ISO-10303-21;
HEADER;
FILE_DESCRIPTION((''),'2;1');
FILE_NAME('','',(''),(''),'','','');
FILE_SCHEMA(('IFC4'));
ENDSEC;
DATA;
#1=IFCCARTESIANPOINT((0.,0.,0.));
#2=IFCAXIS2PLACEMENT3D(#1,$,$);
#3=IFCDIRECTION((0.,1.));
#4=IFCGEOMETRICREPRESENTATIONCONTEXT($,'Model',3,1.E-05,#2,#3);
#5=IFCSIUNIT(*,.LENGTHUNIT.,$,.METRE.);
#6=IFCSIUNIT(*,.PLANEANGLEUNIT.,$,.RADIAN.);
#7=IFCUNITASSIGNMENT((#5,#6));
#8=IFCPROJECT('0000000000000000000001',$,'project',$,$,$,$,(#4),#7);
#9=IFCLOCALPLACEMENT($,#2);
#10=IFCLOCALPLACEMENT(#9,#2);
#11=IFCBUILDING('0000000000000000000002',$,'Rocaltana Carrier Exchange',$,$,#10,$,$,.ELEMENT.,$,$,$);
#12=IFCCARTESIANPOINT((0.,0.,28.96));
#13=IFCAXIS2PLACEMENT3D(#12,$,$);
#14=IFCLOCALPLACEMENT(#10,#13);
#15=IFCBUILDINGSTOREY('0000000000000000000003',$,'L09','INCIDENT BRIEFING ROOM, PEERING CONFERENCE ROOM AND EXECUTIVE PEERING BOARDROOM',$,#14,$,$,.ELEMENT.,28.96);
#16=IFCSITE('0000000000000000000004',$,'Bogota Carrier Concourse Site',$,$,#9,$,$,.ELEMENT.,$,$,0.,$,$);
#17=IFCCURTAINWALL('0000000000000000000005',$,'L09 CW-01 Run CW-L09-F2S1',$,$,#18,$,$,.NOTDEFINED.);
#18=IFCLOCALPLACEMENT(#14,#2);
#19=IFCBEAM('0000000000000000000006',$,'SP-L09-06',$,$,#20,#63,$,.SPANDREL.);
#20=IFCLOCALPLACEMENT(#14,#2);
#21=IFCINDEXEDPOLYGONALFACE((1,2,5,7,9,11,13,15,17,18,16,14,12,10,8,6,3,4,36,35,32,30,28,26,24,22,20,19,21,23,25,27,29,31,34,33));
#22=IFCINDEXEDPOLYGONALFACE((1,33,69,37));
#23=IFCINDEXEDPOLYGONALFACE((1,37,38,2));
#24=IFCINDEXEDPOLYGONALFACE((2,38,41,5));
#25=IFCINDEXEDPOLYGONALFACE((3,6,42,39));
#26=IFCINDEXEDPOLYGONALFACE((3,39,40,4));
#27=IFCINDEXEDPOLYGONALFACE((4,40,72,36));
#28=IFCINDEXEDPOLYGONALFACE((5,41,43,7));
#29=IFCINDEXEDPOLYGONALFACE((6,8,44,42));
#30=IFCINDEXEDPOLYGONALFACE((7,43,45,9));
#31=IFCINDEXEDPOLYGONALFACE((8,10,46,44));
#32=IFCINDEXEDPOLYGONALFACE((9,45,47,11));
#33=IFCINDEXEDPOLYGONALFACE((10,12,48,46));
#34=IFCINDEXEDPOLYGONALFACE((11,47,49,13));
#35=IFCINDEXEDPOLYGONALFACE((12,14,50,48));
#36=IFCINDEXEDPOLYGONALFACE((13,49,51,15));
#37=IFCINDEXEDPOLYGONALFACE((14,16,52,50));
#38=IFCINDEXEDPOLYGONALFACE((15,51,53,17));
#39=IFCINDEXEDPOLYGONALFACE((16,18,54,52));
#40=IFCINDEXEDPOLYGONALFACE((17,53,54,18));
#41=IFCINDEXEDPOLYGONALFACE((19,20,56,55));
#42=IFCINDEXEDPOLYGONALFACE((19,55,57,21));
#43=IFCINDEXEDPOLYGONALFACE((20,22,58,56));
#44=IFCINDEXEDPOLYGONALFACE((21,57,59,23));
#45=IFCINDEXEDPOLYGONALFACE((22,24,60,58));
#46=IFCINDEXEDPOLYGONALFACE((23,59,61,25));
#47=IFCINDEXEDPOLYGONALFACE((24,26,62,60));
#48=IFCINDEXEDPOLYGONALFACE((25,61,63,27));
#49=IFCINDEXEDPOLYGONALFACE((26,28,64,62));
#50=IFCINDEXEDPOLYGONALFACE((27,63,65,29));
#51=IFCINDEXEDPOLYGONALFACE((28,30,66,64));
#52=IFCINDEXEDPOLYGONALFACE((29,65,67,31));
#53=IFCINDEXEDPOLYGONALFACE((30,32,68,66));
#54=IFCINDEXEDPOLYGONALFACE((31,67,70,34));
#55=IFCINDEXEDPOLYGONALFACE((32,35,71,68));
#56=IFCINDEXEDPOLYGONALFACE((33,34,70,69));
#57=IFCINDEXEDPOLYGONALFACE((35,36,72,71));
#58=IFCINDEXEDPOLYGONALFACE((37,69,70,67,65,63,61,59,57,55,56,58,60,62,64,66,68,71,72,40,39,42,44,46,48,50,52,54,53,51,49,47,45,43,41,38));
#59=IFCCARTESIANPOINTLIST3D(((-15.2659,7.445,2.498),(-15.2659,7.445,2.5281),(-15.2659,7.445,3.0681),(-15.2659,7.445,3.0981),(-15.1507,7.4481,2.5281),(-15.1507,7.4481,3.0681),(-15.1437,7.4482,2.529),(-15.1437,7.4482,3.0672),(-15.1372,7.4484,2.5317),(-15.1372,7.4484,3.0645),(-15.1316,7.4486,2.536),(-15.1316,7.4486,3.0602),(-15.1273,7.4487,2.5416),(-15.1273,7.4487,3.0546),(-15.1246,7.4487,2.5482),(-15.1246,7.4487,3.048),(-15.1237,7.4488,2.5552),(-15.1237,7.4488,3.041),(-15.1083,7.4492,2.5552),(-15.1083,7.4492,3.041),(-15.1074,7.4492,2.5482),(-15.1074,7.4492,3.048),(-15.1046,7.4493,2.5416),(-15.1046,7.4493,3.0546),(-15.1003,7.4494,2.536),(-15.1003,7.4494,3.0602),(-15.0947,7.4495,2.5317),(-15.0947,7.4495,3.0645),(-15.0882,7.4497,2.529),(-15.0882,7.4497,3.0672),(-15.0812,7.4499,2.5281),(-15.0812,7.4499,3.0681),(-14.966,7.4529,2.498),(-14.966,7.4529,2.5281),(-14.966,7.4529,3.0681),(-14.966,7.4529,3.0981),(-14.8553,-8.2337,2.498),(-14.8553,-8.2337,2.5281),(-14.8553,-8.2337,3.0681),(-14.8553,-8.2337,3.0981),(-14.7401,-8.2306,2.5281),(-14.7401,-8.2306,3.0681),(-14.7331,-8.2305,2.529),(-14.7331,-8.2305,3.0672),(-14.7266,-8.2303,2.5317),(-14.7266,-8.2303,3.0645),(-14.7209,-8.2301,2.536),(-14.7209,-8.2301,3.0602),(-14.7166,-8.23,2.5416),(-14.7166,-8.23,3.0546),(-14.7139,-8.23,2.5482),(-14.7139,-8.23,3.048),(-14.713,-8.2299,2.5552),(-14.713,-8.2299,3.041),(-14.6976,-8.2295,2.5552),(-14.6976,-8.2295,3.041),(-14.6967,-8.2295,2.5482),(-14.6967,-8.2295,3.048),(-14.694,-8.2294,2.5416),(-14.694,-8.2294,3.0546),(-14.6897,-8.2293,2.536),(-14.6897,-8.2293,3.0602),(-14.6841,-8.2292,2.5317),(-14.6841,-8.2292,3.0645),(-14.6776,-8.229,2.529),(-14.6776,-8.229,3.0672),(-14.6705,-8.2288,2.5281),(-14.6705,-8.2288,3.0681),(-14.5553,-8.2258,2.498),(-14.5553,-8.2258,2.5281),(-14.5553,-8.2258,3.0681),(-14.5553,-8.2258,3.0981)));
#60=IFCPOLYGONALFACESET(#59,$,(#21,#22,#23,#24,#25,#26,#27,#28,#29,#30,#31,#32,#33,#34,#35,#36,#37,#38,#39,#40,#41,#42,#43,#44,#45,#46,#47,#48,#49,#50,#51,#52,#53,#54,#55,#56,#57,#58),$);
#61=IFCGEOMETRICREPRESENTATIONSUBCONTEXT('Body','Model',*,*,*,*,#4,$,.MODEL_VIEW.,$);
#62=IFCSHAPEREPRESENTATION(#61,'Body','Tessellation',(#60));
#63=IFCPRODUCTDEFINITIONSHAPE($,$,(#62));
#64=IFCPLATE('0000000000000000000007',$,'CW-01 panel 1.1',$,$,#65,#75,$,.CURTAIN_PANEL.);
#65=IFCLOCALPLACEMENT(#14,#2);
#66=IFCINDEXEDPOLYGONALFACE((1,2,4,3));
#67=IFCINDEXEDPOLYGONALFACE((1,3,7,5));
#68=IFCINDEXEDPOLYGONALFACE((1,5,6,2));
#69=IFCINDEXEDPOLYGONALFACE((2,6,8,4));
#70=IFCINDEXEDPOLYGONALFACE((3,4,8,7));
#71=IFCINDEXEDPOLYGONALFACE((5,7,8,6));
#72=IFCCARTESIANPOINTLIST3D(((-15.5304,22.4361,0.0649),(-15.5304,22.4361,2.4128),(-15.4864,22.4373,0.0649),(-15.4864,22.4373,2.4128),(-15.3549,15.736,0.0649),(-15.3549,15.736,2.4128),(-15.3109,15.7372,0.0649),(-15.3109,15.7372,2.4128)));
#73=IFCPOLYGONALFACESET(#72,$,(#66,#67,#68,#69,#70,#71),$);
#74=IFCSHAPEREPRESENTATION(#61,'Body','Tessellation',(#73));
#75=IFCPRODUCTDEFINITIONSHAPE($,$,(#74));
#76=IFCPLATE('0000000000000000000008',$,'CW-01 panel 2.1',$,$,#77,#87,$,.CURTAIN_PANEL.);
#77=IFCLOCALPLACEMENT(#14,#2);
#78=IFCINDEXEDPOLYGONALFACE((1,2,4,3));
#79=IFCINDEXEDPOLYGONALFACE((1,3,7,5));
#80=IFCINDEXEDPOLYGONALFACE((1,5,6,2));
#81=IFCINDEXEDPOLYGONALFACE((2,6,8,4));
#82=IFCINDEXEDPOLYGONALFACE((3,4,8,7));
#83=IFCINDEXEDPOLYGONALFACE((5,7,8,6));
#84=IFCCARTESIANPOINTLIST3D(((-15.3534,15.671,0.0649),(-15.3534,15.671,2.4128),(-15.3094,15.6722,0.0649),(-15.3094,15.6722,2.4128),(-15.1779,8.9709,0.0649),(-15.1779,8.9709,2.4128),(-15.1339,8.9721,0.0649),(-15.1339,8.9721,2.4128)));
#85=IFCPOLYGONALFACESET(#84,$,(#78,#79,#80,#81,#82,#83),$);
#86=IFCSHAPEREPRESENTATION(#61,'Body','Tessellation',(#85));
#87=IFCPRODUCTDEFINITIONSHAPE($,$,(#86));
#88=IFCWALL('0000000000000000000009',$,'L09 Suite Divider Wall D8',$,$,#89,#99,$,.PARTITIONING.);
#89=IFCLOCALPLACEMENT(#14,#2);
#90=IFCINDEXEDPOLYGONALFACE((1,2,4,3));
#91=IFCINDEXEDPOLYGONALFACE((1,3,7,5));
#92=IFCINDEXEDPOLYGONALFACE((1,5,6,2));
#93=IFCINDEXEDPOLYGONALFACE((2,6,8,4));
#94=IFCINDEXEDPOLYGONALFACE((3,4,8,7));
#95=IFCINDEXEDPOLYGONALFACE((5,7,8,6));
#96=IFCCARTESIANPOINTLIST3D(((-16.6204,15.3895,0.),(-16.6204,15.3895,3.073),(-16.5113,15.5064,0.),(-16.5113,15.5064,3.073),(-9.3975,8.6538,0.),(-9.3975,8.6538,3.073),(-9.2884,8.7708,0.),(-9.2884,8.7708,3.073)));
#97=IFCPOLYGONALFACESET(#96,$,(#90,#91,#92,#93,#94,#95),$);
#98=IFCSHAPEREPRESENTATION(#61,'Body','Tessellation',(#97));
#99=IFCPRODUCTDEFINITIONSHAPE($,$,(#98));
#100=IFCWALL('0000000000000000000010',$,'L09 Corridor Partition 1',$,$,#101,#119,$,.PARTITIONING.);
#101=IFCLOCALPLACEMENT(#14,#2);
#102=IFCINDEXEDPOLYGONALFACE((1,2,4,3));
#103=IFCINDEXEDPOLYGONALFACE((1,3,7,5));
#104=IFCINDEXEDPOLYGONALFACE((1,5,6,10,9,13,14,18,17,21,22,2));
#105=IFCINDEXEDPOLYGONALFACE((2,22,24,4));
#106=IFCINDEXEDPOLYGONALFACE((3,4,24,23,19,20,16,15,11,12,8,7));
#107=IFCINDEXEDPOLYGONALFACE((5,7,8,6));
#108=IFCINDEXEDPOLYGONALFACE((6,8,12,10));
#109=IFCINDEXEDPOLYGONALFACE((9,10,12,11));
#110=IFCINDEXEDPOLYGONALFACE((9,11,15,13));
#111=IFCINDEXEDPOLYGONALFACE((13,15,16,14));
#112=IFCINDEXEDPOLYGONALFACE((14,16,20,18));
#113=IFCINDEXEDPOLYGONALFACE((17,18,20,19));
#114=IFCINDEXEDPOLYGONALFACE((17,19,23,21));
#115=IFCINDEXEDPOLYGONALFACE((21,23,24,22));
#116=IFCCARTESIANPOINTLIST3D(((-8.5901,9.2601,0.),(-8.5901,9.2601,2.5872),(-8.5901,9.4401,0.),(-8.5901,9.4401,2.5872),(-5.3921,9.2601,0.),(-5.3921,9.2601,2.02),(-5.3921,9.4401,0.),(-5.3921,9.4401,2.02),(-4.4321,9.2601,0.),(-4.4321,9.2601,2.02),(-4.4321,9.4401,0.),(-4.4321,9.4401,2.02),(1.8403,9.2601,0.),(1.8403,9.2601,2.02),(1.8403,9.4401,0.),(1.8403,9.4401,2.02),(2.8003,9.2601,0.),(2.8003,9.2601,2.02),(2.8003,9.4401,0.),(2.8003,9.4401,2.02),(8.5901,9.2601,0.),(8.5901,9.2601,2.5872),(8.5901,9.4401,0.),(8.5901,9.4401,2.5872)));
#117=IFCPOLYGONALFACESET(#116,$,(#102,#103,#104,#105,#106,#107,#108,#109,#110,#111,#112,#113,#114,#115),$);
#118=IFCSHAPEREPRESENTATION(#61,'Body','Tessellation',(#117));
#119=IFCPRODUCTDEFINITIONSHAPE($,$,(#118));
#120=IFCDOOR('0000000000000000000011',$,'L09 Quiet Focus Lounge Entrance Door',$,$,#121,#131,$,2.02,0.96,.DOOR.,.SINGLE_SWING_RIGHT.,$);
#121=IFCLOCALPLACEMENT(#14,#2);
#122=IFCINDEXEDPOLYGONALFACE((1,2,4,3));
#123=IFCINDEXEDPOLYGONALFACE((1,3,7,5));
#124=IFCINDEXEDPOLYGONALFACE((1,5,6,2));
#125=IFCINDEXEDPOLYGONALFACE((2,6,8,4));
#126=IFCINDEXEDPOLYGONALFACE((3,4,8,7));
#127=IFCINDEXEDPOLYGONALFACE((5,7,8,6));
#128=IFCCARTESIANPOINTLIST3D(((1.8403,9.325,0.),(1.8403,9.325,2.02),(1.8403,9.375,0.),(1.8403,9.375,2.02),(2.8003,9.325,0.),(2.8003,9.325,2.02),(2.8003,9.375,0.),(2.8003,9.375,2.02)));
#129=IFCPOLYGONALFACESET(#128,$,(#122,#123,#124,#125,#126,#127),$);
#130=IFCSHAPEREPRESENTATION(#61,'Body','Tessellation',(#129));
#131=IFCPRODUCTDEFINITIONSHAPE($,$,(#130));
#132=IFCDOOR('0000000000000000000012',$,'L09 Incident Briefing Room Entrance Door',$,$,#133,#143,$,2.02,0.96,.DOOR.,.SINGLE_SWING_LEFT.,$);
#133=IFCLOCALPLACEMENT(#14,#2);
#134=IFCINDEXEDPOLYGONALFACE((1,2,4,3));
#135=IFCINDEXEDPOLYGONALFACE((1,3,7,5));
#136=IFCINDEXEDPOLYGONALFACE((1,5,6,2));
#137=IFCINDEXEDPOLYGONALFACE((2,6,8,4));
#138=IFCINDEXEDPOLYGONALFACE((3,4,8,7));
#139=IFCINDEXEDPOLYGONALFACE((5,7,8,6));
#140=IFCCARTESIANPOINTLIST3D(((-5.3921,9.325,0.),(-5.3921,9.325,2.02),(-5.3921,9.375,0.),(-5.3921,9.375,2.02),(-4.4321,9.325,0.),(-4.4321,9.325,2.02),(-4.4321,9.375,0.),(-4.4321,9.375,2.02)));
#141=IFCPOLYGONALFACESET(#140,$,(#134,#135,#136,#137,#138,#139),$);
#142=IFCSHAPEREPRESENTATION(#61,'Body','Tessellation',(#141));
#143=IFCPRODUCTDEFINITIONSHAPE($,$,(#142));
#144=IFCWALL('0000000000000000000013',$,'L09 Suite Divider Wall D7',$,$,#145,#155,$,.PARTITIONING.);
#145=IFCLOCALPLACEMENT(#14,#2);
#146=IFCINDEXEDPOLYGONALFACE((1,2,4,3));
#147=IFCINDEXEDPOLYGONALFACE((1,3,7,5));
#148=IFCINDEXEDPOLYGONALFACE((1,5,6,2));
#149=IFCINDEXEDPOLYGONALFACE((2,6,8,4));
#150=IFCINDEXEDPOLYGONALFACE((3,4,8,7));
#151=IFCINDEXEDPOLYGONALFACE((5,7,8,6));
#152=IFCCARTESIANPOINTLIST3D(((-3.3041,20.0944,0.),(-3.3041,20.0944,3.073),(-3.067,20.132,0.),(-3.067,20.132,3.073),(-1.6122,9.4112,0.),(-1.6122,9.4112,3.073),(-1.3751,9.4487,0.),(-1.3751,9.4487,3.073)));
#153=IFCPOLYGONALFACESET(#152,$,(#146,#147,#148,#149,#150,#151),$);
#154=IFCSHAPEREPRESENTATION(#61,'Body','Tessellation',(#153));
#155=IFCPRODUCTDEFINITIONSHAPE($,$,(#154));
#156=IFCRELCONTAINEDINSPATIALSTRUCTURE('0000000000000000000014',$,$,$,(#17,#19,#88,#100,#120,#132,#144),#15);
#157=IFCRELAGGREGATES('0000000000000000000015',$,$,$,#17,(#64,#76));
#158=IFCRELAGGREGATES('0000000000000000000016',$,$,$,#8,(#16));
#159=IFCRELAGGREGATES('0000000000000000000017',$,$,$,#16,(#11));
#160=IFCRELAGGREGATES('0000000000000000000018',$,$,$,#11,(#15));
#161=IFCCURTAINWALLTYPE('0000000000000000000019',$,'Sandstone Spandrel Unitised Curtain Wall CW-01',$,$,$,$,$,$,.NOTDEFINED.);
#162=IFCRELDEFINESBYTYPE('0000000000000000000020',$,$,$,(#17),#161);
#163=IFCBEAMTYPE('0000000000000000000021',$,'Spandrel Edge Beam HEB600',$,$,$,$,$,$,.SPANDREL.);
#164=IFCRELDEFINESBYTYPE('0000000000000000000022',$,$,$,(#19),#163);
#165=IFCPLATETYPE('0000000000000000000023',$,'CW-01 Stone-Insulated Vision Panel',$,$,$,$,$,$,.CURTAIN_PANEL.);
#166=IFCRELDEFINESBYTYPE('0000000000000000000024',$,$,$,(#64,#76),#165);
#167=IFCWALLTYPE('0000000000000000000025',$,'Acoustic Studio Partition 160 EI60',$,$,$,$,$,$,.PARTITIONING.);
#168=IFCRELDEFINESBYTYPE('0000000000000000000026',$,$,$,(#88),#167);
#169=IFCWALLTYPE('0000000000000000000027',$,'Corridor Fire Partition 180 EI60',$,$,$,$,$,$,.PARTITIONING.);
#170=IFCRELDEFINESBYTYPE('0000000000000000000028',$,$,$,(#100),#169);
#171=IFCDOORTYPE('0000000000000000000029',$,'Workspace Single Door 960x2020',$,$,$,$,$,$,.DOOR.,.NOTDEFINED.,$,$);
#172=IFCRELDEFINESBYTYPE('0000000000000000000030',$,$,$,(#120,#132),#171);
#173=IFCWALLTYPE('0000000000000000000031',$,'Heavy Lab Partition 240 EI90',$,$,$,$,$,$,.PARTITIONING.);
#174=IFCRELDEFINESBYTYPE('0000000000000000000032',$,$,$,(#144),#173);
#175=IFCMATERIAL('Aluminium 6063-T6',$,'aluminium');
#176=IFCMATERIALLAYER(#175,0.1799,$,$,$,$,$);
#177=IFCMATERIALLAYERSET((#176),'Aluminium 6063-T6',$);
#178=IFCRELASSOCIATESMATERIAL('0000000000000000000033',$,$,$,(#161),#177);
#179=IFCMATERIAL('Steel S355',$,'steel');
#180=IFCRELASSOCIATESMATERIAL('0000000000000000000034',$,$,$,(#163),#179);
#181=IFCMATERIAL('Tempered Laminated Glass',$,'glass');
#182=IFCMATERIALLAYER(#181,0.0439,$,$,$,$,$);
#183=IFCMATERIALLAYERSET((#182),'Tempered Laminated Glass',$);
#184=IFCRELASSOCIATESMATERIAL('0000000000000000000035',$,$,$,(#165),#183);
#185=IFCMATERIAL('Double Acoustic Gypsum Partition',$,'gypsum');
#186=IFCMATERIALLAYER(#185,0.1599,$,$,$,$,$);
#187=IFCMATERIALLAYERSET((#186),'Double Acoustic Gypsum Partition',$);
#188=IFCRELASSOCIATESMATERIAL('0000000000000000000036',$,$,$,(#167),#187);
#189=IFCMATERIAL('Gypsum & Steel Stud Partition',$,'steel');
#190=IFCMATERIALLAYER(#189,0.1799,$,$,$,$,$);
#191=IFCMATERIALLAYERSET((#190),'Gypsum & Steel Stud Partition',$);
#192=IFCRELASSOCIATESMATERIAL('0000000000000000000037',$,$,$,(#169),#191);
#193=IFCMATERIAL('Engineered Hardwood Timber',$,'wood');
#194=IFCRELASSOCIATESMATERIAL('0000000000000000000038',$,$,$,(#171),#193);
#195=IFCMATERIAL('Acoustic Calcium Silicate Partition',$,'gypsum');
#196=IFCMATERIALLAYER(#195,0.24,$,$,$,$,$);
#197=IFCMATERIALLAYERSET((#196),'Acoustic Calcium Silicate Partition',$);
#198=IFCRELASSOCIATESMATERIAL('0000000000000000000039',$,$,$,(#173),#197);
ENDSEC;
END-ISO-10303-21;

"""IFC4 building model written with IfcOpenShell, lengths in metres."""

from ifc_helpers import new_model, si_unit, direction, frame, frame_2d, origin, origin_2d, place, context, subcontext, project, spatial, rectangle, i_section, extrude, material, layer, layer_set, material_profile, profile_set, type_object, element, fill, aggregate, save


model = new_model("IFC4")

# Units and contexts
model_context = context("Model", 3, precision=1e-05, world=origin(), true_north=direction((0.0, 1.0)))
body_context = subcontext(model_context, "Body", "Model", "MODEL_VIEW")
ifc_project = project(units=[si_unit("LENGTHUNIT", "METRE"), si_unit("PLANEANGLEUNIT", "RADIAN")], contexts=[model_context])

# Site, building, storey
site_placement = place(None, origin())
site = spatial("IfcSite", under=ifc_project, at=site_placement, Name="Bogota Carrier Concourse Site", CompositionType="ELEMENT", RefElevation=0.0)
building_placement = place(site_placement, origin())
building = spatial("IfcBuilding", under=site, at=building_placement, Name="Rocaltana Carrier Exchange", CompositionType="ELEMENT")
storey_placement = place(building_placement, frame((0.0, 0.0, 28.96)))
storey = spatial("IfcBuildingStorey", under=building, at=storey_placement, Name="L09", Description="INCIDENT BRIEFING ROOM, PEERING CONFERENCE ROOM AND EXECUTIVE PEERING BOARDROOM", CompositionType="ELEMENT", Elevation=28.96)

# Curtain wall
ifc_material_1 = material(Name="Aluminium 6063-T6", Category="aluminium")
ifc_layer_1 = layer(ifc_material_1, 0.1799)
ifc_layer_set_1 = layer_set([ifc_layer_1], Name="Aluminium 6063-T6")
curtain_wall_type = type_object("IfcCurtainWallType", Name="Sandstone Spandrel Unitised Curtain Wall CW-01", PredefinedType="NOTDEFINED", material=ifc_layer_set_1)
curtain_wall_1_placement = place(storey_placement, origin())
curtain_wall_1 = element("IfcCurtainWall", 1, at=curtain_wall_1_placement, inside=storey, type_object=curtain_wall_type, Name="L09 CW-01 Run CW-L09-F2S1", PredefinedType="NOTDEFINED")

# Beam
ifc_material_2 = material(Name="Steel S355", Category="steel")
ifc_material_profile_1 = material_profile(ifc_material_2, i_section(OverallWidth=0.3, OverallDepth=0.6001, WebThickness=0.0154, FlangeThickness=0.03, FilletRadius=0.0271, at=origin_2d()), Name="HEB600")
ifc_profile_set_1 = profile_set([ifc_material_profile_1], Name="Steel S355")
beam_type_1 = type_object("IfcBeamType", Name="Spandrel Edge Beam HEB600", PredefinedType="SPANDREL", material=ifc_profile_set_1)
beam_1_placement = place(storey_placement, frame((-15.116, 7.449, 2.7981), z_axis=(0.026182, -0.999657, 0.0), x_axis=(0.999657, 0.026182, 0.0)))
element("IfcBeam", 2, at=beam_1_placement, inside=storey, type_object=beam_type_1, Name="SP-L09-06", PredefinedType="SPANDREL", context=body_context, shape_type="SweptSolid", body=[
    extrude(i_section(OverallWidth=0.3, OverallDepth=0.6001, WebThickness=0.0154, FlangeThickness=0.03, FilletRadius=0.0271, at=origin_2d()), origin(), (0.0, 0.0, 1.0), 15.6841),
])

# Plates
ifc_material_3 = material(Name="Tempered Laminated Glass", Category="glass")
ifc_layer_2 = layer(ifc_material_3, 0.0439)
ifc_layer_set_2 = layer_set([ifc_layer_2], Name="Tempered Laminated Glass")
plate_type = type_object("IfcPlateType", Name="CW-01 Stone-Insulated Vision Panel", PredefinedType="CURTAIN_PANEL", material=ifc_layer_set_2)
plate_1_placement = place(storey_placement, frame((-15.4207, 19.0867, 0.0649), z_axis=(0.0, 0.0, 1.0), x_axis=(0.026184, -0.999657, 0.0)))
plate_1 = element("IfcPlate", 3, at=plate_1_placement, type_object=plate_type, Name="CW-01 panel 1.1", PredefinedType="CURTAIN_PANEL", context=body_context, shape_type="SweptSolid", body=[
    extrude(rectangle(XDim=6.7024, YDim=0.0439, at=origin_2d()), origin(), (0.0, 0.0, 1.0), 2.3479),
])
plate_2_placement = place(storey_placement, frame((-15.2437, 12.3215, 0.0649), z_axis=(0.0, 0.0, 1.0), x_axis=(0.026184, -0.999657, 0.0)))
plate_2 = element("IfcPlate", 4, at=plate_2_placement, type_object=plate_type, Name="CW-01 panel 2.1", PredefinedType="CURTAIN_PANEL", context=body_context, shape_type="SweptSolid", body=[
    extrude(rectangle(XDim=6.7024, YDim=0.0439, at=origin_2d()), origin(), (0.0, 0.0, 1.0), 2.3479),
])
aggregate(curtain_wall_1, [plate_1, plate_2])

# Wall
ifc_material_4 = material(Name="Double Acoustic Gypsum Partition", Category="gypsum")
ifc_layer_3 = layer(ifc_material_4, 0.1599)
ifc_layer_set_3 = layer_set([ifc_layer_3], Name="Double Acoustic Gypsum Partition")
wall_type_1 = type_object("IfcWallType", Name="Acoustic Studio Partition 160 EI60", PredefinedType="PARTITIONING", material=ifc_layer_set_3)
wall_1_placement = place(storey_placement, frame((-9.343, 8.7124, 0.0), z_axis=(0.0, 0.0, 1.0), x_axis=(-0.731347, 0.682006, 0.0)))
element("IfcWall", 5, at=wall_1_placement, inside=storey, type_object=wall_type_1, Name="L09 Suite Divider Wall D8", PredefinedType="PARTITIONING", context=body_context, shape_type="SweptSolid", body=[
    extrude(rectangle(XDim=9.8762, YDim=0.1599, at=frame_2d((4.938, 0.0))), origin(), (0.0, 0.0, 1.0), 3.073),
])

# Wall, openings, doors
ifc_material_5 = material(Name="Gypsum & Steel Stud Partition", Category="steel")
ifc_layer_4 = layer(ifc_material_5, 0.1799)
ifc_layer_set_4 = layer_set([ifc_layer_4], Name="Gypsum & Steel Stud Partition")
wall_type_2 = type_object("IfcWallType", Name="Corridor Fire Partition 180 EI60", PredefinedType="PARTITIONING", material=ifc_layer_set_4)
wall_2_placement = place(storey_placement, frame((-8.5901, 9.3501, 0.0), z_axis=(0.0, 0.0, 1.0), x_axis=(1.0, 0.0, 0.0)))
wall_2 = element("IfcWall", 6, at=wall_2_placement, inside=storey, type_object=wall_type_2, Name="L09 Corridor Partition 1", PredefinedType="PARTITIONING", context=body_context, shape_type="SweptSolid", body=[
    extrude(rectangle(XDim=17.1802, YDim=0.1799, at=frame_2d((8.5901, 0.0))), origin(), (0.0, 0.0, 1.0), 2.5872),
])
opening_1_placement = place(wall_2_placement, frame((10.4304, 0.0, 0.0)))
opening_1 = element("IfcOpeningElement", 7, at=opening_1_placement, cuts=wall_2, PredefinedType="OPENING", context=body_context, shape_type="SweptSolid", body=[
    extrude(rectangle(XDim=0.96, YDim=2.02, at=frame_2d((0.48, 1.01))), frame((0.0, 0.0999, 0.0), z_axis=(0.0, -1.0, 0.0), x_axis=(1.0, 0.0, 0.0)), (0.0, 0.0, 1.0), 0.2),
])
opening_2_placement = place(wall_2_placement, frame((3.198, 0.0, 0.0)))
opening_2 = element("IfcOpeningElement", 8, at=opening_2_placement, cuts=wall_2, PredefinedType="OPENING", context=body_context, shape_type="SweptSolid", body=[
    extrude(rectangle(XDim=0.96, YDim=2.02, at=frame_2d((0.48, 1.01))), frame((0.0, 0.0999, 0.0), z_axis=(0.0, -1.0, 0.0), x_axis=(1.0, 0.0, 0.0)), (0.0, 0.0, 1.0), 0.2),
])
ifc_material_6 = material(Name="Engineered Hardwood Timber", Category="wood")
door_type_1 = type_object("IfcDoorType", Name="Workspace Single Door 960x2020", OperationType="NOTDEFINED", PredefinedType="DOOR", material=ifc_material_6)
door_1_placement = place(opening_1_placement, origin())
door_1 = element("IfcDoor", 9, at=door_1_placement, inside=storey, type_object=door_type_1, Name="L09 Quiet Focus Lounge Entrance Door", OperationType="SINGLE_SWING_RIGHT", OverallHeight=2.02, OverallWidth=0.96, PredefinedType="DOOR", context=body_context, shape_type="SweptSolid", body=[
    extrude(rectangle(XDim=0.96, YDim=2.02, at=frame_2d((0.48, 1.01))), frame((0.0, 0.0249, 0.0), z_axis=(0.0, -1.0, 0.0), x_axis=(1.0, 0.0, 0.0)), (0.0, 0.0, 1.0), 0.05),
])
fill(opening_1, door_1)
door_2_placement = place(opening_2_placement, origin())
door_2 = element("IfcDoor", 10, at=door_2_placement, inside=storey, type_object=door_type_1, Name="L09 Incident Briefing Room Entrance Door", OperationType="SINGLE_SWING_LEFT", OverallHeight=2.02, OverallWidth=0.96, PredefinedType="DOOR", context=body_context, shape_type="SweptSolid", body=[
    extrude(rectangle(XDim=0.96, YDim=2.02, at=frame_2d((0.48, 1.01))), frame((0.0, 0.0249, 0.0), z_axis=(0.0, -1.0, 0.0), x_axis=(1.0, 0.0, 0.0)), (0.0, 0.0, 1.0), 0.05),
])
fill(opening_2, door_2)

# Wall
ifc_material_7 = material(Name="Acoustic Calcium Silicate Partition", Category="gypsum")
ifc_layer_5 = layer(ifc_material_7, 0.24)
ifc_layer_set_5 = layer_set([ifc_layer_5], Name="Acoustic Calcium Silicate Partition")
wall_type_3 = type_object("IfcWallType", Name="Heavy Lab Partition 240 EI90", PredefinedType="PARTITIONING", material=ifc_layer_set_5)
wall_3_placement = place(storey_placement, frame((-1.4937, 9.4299, 0.0), z_axis=(0.0, 0.0, 1.0), x_axis=(-0.156418, 0.987691, 0.0)))
element("IfcWall", 11, at=wall_3_placement, inside=storey, type_object=wall_type_3, Name="L09 Suite Divider Wall D7", PredefinedType="PARTITIONING", context=body_context, shape_type="SweptSolid", body=[
    extrude(rectangle(XDim=10.8164, YDim=0.24, at=frame_2d((5.4082, 0.0))), origin(), (0.0, 0.0, 1.0), 3.073),
])

save(model, "model.ifc")
